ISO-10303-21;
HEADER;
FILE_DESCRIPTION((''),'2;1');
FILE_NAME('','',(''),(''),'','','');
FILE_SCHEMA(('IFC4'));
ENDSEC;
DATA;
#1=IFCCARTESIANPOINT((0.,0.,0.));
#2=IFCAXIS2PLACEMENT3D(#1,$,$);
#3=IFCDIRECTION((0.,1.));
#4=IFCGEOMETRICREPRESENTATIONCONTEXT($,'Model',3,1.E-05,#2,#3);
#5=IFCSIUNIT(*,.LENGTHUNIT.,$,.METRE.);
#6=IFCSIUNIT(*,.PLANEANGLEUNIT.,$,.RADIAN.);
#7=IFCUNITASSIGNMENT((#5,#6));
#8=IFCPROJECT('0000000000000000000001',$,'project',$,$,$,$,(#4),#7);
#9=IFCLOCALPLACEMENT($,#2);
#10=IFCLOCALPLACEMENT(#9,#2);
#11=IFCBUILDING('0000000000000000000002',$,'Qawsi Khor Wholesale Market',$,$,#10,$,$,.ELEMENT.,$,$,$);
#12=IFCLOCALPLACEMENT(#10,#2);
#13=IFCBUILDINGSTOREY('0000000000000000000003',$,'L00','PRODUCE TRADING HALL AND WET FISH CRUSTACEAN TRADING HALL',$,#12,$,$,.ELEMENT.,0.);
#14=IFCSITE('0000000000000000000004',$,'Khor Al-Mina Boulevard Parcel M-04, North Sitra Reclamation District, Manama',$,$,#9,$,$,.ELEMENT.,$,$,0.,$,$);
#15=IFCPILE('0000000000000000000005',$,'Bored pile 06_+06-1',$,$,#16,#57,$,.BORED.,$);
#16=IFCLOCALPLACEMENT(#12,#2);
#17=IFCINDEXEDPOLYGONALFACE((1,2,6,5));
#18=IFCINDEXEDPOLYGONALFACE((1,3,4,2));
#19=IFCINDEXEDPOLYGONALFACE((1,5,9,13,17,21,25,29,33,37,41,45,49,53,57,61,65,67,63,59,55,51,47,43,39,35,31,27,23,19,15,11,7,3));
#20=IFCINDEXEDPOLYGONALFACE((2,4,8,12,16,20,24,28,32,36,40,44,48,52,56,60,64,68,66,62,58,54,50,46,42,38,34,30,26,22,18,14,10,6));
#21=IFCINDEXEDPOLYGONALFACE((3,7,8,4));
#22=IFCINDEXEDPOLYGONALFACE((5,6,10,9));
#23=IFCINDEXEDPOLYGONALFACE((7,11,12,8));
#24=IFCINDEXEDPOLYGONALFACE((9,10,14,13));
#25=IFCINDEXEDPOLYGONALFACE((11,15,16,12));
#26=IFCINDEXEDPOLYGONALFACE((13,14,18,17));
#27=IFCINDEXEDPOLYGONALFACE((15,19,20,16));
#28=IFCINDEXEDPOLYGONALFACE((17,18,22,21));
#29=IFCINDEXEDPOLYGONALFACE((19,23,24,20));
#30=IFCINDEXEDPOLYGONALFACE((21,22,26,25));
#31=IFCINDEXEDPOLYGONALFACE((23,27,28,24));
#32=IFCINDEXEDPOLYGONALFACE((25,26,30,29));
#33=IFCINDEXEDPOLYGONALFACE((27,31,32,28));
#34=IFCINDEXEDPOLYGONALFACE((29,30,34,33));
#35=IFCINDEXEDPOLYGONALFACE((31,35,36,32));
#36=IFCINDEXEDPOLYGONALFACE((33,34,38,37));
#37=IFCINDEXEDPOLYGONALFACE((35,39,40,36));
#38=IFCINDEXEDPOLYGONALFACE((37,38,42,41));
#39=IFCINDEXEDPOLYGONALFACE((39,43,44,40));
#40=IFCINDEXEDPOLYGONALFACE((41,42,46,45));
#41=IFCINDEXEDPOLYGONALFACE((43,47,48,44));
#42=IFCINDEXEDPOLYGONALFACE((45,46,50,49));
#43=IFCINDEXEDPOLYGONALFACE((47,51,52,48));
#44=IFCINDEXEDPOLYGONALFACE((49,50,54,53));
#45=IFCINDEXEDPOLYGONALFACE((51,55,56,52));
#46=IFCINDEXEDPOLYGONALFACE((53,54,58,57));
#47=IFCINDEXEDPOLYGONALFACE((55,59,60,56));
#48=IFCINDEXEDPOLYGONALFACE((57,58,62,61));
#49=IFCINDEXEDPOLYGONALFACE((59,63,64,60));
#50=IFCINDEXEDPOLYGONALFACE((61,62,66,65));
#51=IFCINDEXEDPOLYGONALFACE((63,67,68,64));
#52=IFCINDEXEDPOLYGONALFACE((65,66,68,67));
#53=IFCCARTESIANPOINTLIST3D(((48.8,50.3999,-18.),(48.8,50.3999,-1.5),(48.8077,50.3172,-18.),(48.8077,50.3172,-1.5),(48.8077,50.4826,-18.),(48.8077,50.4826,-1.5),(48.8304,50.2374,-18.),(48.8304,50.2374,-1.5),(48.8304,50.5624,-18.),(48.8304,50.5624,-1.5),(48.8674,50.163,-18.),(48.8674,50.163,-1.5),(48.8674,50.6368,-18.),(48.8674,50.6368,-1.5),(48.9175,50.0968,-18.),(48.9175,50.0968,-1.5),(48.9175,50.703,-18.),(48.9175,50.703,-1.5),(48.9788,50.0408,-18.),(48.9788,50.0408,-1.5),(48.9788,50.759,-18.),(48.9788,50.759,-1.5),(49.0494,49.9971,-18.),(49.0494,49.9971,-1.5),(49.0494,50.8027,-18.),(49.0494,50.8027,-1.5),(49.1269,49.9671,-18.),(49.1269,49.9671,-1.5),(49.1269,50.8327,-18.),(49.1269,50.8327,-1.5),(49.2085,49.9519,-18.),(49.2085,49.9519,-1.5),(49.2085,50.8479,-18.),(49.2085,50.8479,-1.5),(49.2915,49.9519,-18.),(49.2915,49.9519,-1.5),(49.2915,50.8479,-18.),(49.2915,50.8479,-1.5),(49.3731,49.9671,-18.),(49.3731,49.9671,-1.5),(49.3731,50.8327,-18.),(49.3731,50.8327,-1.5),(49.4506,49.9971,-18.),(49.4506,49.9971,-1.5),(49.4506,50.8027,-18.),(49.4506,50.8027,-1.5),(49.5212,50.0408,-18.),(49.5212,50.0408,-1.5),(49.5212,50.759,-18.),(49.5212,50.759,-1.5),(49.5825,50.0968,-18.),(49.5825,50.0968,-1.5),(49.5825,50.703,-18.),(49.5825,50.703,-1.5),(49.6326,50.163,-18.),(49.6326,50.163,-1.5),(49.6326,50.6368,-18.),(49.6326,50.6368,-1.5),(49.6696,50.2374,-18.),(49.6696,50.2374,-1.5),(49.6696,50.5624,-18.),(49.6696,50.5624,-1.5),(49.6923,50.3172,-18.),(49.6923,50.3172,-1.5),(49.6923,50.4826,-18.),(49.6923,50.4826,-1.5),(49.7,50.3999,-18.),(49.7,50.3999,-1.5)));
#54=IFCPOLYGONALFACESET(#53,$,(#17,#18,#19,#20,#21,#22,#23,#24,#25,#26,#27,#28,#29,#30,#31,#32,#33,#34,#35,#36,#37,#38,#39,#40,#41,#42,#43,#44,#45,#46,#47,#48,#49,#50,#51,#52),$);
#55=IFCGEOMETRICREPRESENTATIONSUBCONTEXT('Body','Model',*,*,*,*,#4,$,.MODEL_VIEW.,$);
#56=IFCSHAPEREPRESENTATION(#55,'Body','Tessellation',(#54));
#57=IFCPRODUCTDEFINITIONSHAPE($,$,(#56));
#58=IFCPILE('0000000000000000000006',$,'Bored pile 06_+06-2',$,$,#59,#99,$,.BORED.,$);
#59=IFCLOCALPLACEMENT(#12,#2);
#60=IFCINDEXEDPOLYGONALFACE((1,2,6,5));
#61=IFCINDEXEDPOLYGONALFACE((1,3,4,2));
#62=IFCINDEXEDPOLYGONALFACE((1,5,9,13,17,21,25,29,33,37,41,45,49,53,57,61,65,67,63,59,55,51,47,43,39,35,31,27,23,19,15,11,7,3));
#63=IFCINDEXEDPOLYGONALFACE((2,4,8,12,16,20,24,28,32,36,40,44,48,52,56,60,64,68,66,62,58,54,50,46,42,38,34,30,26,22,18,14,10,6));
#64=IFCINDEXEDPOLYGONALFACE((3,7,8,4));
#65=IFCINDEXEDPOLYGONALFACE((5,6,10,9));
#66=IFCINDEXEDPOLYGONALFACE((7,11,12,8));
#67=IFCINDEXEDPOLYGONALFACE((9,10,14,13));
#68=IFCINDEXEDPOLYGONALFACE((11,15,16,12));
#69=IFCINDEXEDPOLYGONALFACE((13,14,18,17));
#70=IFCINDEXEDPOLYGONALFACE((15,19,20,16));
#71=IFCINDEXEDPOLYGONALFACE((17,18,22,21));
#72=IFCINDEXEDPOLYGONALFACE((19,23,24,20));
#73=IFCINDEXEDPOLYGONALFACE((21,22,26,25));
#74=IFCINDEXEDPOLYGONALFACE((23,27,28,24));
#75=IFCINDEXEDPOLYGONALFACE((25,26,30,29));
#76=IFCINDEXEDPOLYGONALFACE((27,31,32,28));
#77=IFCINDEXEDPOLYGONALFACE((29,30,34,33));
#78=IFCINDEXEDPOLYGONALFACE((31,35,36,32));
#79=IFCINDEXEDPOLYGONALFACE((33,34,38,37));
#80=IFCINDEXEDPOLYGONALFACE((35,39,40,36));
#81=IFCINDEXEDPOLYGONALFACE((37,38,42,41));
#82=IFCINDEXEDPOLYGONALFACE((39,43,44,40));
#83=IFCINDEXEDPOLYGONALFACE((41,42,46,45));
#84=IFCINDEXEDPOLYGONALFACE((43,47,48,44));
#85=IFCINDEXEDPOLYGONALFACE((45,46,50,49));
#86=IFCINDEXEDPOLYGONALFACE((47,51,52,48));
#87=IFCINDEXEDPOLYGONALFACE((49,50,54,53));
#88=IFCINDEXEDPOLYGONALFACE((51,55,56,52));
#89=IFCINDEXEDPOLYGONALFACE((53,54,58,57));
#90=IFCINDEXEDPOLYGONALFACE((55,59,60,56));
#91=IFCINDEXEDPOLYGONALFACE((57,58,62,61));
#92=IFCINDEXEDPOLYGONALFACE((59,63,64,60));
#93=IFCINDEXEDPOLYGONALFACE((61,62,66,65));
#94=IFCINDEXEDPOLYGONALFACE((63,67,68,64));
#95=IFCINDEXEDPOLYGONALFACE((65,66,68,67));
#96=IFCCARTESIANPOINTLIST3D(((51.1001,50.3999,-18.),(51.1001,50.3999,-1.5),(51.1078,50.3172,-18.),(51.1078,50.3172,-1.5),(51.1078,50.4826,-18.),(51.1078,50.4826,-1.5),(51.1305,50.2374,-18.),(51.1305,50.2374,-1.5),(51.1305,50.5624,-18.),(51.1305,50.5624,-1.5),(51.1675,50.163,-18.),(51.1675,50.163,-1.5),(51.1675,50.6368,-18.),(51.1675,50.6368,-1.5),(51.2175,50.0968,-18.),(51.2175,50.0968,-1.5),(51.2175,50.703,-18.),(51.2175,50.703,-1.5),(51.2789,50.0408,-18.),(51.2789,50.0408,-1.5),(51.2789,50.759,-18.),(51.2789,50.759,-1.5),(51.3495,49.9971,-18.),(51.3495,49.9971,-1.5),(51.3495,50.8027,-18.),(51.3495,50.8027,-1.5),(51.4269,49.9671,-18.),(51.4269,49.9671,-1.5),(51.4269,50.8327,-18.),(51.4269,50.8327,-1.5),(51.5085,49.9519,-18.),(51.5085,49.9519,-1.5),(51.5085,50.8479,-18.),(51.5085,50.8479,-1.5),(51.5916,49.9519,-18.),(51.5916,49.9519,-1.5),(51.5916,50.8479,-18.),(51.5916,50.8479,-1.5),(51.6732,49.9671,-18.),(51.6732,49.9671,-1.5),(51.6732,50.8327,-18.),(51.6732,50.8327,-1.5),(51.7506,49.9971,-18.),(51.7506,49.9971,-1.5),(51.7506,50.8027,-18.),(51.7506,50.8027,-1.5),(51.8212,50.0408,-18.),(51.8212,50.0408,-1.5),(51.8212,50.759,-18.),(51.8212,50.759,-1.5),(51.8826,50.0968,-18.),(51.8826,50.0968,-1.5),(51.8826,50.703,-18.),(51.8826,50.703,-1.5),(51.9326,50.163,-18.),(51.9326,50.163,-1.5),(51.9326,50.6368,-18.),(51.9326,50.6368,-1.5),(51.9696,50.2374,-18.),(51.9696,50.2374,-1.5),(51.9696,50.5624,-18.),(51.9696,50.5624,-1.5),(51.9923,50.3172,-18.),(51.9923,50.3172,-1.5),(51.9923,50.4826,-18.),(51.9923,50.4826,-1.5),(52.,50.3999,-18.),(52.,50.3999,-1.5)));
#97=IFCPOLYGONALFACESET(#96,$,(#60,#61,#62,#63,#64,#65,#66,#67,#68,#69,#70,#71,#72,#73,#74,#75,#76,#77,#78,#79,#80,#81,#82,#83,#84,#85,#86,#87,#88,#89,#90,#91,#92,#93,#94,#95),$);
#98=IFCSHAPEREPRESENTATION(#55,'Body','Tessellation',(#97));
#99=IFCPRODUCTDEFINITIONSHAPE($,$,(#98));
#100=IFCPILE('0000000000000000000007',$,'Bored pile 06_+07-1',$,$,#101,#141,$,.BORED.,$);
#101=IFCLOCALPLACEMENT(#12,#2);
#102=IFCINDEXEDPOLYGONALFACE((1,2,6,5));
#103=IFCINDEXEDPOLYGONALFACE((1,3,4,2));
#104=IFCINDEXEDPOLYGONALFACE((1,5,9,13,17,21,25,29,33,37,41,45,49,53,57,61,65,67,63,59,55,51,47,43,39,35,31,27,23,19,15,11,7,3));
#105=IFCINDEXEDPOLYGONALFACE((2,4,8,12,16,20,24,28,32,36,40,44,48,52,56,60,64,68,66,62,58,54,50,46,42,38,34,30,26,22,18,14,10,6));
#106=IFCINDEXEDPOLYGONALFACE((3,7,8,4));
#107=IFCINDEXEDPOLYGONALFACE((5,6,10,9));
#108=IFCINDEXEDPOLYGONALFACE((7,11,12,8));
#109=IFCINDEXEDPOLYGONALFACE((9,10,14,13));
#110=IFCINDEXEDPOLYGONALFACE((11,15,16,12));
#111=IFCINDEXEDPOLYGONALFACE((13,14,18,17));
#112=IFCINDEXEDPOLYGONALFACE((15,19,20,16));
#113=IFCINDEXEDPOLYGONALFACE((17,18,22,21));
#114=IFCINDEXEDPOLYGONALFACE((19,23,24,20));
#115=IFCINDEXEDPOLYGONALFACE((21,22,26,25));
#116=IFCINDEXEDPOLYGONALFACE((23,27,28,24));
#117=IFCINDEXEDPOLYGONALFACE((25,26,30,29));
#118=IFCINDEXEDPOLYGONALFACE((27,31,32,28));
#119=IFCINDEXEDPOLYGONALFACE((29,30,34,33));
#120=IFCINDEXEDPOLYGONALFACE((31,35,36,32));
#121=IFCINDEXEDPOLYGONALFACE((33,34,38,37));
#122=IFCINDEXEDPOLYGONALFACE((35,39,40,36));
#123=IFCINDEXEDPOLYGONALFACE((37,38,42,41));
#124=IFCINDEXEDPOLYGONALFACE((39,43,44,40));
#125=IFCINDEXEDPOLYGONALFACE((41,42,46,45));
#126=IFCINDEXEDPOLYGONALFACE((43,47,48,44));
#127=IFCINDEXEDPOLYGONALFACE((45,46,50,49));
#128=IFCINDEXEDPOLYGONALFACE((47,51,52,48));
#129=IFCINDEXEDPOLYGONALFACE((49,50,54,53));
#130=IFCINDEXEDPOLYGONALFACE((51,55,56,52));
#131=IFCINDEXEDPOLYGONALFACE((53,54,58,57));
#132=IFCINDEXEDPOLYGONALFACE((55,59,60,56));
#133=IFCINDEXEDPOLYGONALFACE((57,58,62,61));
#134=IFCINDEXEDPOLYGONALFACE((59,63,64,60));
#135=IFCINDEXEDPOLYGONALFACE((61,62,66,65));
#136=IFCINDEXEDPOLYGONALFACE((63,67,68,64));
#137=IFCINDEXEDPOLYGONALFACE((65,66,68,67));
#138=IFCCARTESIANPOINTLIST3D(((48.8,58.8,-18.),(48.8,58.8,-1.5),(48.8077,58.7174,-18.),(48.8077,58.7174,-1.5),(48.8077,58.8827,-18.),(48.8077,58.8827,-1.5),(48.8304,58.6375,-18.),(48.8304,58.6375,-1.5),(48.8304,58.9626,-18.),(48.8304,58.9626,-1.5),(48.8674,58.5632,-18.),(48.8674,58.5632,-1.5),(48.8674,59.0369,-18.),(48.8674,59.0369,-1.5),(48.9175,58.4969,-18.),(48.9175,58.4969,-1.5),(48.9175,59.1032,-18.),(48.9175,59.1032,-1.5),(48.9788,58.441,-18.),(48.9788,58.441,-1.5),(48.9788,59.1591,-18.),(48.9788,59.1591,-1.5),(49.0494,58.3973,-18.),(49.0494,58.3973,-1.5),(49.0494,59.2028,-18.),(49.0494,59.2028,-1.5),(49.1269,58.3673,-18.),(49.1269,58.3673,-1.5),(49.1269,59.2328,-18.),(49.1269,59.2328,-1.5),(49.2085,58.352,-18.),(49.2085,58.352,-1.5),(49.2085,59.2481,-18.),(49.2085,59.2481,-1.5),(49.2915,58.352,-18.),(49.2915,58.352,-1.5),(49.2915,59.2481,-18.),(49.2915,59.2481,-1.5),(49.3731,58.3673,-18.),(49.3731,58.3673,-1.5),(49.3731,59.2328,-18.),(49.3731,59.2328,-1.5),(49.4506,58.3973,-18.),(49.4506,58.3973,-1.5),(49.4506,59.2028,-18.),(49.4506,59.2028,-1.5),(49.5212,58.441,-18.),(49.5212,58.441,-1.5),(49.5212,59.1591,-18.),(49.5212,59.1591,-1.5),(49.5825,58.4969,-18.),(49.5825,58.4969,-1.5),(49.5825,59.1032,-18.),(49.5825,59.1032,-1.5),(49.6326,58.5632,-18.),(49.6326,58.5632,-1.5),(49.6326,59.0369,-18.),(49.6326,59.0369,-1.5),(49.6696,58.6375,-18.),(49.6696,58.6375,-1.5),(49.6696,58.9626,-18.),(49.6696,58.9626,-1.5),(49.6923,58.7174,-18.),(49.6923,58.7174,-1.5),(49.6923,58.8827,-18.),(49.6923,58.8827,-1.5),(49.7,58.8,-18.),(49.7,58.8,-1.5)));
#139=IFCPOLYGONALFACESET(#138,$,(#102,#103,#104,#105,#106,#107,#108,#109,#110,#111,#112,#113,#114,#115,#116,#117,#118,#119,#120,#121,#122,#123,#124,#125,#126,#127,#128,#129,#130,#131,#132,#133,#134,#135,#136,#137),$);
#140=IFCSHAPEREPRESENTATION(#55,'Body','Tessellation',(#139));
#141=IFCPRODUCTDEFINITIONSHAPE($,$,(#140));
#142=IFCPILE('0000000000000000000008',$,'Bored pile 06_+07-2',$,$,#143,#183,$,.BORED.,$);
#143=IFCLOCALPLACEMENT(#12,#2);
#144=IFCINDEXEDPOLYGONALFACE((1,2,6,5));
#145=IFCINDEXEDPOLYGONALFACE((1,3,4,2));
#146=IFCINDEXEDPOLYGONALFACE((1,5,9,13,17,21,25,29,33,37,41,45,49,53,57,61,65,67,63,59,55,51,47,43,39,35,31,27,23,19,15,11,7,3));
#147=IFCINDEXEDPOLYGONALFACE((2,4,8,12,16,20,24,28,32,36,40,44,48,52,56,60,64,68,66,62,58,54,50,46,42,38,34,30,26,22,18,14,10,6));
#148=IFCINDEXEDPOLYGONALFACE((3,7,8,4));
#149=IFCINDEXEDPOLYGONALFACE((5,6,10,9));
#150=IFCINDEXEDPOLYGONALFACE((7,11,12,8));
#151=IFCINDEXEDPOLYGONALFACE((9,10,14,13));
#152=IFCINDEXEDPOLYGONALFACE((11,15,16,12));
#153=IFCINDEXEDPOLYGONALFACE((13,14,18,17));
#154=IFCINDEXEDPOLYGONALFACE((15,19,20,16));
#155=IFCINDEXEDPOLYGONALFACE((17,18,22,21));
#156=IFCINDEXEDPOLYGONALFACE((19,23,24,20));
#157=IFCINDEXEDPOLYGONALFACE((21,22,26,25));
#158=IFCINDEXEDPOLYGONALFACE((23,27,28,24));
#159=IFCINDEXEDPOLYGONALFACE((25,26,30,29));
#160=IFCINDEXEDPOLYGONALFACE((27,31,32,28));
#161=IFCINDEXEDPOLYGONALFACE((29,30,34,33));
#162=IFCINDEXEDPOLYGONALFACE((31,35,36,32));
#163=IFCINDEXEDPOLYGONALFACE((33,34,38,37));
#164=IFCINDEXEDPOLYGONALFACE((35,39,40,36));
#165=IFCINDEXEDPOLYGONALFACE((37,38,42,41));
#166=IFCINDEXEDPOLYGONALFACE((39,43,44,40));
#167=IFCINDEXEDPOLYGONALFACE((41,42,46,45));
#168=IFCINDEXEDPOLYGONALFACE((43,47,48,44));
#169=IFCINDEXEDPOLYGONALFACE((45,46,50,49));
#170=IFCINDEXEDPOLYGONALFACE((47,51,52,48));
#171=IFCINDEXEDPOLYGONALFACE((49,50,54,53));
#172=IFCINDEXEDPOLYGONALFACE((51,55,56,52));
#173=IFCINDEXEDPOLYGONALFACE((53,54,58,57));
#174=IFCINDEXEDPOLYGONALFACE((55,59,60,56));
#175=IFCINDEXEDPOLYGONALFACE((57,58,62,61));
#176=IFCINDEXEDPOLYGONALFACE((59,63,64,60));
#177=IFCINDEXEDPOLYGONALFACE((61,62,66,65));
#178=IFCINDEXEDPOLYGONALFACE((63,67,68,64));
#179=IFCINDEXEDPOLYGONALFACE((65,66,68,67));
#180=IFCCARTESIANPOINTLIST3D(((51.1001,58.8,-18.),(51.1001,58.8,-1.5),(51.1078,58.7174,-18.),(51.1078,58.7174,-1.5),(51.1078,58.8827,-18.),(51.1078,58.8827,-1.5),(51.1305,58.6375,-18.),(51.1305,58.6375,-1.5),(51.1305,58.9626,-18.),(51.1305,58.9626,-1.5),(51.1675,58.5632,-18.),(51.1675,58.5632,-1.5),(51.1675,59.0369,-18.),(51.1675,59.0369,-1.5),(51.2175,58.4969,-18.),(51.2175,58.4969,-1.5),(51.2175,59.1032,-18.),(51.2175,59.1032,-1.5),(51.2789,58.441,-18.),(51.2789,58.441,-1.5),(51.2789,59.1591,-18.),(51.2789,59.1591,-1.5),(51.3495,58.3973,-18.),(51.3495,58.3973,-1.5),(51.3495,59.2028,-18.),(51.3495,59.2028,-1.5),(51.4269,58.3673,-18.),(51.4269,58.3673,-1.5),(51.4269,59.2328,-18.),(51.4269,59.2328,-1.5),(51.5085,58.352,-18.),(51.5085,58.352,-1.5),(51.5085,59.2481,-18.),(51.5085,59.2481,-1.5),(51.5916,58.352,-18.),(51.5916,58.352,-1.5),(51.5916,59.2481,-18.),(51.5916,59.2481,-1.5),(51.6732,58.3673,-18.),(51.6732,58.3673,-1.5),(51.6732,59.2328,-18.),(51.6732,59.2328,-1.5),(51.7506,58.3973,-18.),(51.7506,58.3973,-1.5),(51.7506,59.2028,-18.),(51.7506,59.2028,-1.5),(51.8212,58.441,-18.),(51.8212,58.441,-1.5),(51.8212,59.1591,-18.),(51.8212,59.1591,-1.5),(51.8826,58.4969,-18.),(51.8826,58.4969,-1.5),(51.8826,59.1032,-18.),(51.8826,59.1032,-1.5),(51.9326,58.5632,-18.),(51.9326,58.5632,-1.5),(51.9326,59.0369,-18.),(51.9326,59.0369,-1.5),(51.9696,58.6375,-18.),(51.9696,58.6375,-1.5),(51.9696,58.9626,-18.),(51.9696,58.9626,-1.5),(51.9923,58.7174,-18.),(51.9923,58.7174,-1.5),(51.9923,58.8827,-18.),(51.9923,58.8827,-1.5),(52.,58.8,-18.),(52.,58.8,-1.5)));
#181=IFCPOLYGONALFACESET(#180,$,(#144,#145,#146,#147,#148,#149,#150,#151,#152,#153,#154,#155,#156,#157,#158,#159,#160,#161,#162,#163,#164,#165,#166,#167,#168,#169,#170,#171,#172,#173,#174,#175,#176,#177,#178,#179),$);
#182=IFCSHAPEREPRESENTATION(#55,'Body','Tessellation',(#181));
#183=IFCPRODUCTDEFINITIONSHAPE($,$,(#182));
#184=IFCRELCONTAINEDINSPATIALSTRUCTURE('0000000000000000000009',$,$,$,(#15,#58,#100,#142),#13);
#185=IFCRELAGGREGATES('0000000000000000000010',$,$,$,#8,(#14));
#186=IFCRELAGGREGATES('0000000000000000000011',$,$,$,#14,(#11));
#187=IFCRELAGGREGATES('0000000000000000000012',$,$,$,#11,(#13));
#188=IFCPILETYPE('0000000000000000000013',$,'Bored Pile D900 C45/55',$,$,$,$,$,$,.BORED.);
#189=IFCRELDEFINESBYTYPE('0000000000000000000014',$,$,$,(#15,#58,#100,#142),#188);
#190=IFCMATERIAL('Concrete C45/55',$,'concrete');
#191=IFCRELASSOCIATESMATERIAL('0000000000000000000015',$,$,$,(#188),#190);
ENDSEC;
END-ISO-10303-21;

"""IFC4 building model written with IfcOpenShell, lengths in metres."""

from ifc_helpers import new_model, si_unit, direction, frame, origin, origin_2d, place, context, subcontext, project, spatial, circle, extrude, material, material_profile, profile_set, type_object, element, save


model = new_model("IFC4")

# Units and contexts
model_context = context("Model", 3, precision=1e-05, world=origin(), true_north=direction((0.0, 1.0)))
body_context = subcontext(model_context, "Body", "Model", "MODEL_VIEW")
ifc_project = project(units=[si_unit("LENGTHUNIT", "METRE"), si_unit("PLANEANGLEUNIT", "RADIAN")], contexts=[model_context])

# Site, building, storey
site_placement = place(None, origin())
site = spatial("IfcSite", under=ifc_project, at=site_placement, Name="Khor Al-Mina Boulevard Parcel M-04, North Sitra Reclamation District, Manama", CompositionType="ELEMENT", RefElevation=0.0)
building_placement = place(site_placement, origin())
building = spatial("IfcBuilding", under=site, at=building_placement, Name="Qawsi Khor Wholesale Market", CompositionType="ELEMENT")
storey_placement = place(building_placement, origin())
storey = spatial("IfcBuildingStorey", under=building, at=storey_placement, Name="L00", Description="PRODUCE TRADING HALL AND WET FISH CRUSTACEAN TRADING HALL", CompositionType="ELEMENT", Elevation=0.0)

# Piles
ifc_material_1 = material(Name="Concrete C45/55", Category="concrete")
ifc_material_profile_1 = material_profile(ifc_material_1, circle(Radius=0.45, at=origin_2d()), Name="PILE D900")
ifc_profile_set_1 = profile_set([ifc_material_profile_1], Name="Concrete C45/55")
pile_type_1 = type_object("IfcPileType", Name="Bored Pile D900 C45/55", PredefinedType="BORED", material=ifc_profile_set_1)
for number, where, z_axis, x_axis, name in (
    (1, (49.25, 50.3999, -1.5), (0.0, 0.0, -1.0), (1.0, 0.0, 0.0), "Bored pile 06_+06-1"),
    (2, (51.55, 50.3999, -1.5), (0.0, 0.0, -1.0), (1.0, 0.0, 0.0), "Bored pile 06_+06-2"),
    (3, (49.25, 58.8, -1.5), (0.0, 0.0, -1.0), (1.0, 0.0, 0.0), "Bored pile 06_+07-1"),
    (4, (51.55, 58.8, -1.5), (0.0, 0.0, -1.0), (1.0, 0.0, 0.0), "Bored pile 06_+07-2"),
):
    element("IfcPile", number, at=place(storey_placement, frame(where, z_axis=z_axis, x_axis=x_axis)), inside=storey, type_object=pile_type_1, Name=name, PredefinedType="BORED", context=body_context, shape_type="SweptSolid", body=[
        extrude(circle(Radius=0.45, at=origin_2d()), origin(), (0.0, 0.0, 1.0), 16.5),
    ])

save(model, "model.ifc")
